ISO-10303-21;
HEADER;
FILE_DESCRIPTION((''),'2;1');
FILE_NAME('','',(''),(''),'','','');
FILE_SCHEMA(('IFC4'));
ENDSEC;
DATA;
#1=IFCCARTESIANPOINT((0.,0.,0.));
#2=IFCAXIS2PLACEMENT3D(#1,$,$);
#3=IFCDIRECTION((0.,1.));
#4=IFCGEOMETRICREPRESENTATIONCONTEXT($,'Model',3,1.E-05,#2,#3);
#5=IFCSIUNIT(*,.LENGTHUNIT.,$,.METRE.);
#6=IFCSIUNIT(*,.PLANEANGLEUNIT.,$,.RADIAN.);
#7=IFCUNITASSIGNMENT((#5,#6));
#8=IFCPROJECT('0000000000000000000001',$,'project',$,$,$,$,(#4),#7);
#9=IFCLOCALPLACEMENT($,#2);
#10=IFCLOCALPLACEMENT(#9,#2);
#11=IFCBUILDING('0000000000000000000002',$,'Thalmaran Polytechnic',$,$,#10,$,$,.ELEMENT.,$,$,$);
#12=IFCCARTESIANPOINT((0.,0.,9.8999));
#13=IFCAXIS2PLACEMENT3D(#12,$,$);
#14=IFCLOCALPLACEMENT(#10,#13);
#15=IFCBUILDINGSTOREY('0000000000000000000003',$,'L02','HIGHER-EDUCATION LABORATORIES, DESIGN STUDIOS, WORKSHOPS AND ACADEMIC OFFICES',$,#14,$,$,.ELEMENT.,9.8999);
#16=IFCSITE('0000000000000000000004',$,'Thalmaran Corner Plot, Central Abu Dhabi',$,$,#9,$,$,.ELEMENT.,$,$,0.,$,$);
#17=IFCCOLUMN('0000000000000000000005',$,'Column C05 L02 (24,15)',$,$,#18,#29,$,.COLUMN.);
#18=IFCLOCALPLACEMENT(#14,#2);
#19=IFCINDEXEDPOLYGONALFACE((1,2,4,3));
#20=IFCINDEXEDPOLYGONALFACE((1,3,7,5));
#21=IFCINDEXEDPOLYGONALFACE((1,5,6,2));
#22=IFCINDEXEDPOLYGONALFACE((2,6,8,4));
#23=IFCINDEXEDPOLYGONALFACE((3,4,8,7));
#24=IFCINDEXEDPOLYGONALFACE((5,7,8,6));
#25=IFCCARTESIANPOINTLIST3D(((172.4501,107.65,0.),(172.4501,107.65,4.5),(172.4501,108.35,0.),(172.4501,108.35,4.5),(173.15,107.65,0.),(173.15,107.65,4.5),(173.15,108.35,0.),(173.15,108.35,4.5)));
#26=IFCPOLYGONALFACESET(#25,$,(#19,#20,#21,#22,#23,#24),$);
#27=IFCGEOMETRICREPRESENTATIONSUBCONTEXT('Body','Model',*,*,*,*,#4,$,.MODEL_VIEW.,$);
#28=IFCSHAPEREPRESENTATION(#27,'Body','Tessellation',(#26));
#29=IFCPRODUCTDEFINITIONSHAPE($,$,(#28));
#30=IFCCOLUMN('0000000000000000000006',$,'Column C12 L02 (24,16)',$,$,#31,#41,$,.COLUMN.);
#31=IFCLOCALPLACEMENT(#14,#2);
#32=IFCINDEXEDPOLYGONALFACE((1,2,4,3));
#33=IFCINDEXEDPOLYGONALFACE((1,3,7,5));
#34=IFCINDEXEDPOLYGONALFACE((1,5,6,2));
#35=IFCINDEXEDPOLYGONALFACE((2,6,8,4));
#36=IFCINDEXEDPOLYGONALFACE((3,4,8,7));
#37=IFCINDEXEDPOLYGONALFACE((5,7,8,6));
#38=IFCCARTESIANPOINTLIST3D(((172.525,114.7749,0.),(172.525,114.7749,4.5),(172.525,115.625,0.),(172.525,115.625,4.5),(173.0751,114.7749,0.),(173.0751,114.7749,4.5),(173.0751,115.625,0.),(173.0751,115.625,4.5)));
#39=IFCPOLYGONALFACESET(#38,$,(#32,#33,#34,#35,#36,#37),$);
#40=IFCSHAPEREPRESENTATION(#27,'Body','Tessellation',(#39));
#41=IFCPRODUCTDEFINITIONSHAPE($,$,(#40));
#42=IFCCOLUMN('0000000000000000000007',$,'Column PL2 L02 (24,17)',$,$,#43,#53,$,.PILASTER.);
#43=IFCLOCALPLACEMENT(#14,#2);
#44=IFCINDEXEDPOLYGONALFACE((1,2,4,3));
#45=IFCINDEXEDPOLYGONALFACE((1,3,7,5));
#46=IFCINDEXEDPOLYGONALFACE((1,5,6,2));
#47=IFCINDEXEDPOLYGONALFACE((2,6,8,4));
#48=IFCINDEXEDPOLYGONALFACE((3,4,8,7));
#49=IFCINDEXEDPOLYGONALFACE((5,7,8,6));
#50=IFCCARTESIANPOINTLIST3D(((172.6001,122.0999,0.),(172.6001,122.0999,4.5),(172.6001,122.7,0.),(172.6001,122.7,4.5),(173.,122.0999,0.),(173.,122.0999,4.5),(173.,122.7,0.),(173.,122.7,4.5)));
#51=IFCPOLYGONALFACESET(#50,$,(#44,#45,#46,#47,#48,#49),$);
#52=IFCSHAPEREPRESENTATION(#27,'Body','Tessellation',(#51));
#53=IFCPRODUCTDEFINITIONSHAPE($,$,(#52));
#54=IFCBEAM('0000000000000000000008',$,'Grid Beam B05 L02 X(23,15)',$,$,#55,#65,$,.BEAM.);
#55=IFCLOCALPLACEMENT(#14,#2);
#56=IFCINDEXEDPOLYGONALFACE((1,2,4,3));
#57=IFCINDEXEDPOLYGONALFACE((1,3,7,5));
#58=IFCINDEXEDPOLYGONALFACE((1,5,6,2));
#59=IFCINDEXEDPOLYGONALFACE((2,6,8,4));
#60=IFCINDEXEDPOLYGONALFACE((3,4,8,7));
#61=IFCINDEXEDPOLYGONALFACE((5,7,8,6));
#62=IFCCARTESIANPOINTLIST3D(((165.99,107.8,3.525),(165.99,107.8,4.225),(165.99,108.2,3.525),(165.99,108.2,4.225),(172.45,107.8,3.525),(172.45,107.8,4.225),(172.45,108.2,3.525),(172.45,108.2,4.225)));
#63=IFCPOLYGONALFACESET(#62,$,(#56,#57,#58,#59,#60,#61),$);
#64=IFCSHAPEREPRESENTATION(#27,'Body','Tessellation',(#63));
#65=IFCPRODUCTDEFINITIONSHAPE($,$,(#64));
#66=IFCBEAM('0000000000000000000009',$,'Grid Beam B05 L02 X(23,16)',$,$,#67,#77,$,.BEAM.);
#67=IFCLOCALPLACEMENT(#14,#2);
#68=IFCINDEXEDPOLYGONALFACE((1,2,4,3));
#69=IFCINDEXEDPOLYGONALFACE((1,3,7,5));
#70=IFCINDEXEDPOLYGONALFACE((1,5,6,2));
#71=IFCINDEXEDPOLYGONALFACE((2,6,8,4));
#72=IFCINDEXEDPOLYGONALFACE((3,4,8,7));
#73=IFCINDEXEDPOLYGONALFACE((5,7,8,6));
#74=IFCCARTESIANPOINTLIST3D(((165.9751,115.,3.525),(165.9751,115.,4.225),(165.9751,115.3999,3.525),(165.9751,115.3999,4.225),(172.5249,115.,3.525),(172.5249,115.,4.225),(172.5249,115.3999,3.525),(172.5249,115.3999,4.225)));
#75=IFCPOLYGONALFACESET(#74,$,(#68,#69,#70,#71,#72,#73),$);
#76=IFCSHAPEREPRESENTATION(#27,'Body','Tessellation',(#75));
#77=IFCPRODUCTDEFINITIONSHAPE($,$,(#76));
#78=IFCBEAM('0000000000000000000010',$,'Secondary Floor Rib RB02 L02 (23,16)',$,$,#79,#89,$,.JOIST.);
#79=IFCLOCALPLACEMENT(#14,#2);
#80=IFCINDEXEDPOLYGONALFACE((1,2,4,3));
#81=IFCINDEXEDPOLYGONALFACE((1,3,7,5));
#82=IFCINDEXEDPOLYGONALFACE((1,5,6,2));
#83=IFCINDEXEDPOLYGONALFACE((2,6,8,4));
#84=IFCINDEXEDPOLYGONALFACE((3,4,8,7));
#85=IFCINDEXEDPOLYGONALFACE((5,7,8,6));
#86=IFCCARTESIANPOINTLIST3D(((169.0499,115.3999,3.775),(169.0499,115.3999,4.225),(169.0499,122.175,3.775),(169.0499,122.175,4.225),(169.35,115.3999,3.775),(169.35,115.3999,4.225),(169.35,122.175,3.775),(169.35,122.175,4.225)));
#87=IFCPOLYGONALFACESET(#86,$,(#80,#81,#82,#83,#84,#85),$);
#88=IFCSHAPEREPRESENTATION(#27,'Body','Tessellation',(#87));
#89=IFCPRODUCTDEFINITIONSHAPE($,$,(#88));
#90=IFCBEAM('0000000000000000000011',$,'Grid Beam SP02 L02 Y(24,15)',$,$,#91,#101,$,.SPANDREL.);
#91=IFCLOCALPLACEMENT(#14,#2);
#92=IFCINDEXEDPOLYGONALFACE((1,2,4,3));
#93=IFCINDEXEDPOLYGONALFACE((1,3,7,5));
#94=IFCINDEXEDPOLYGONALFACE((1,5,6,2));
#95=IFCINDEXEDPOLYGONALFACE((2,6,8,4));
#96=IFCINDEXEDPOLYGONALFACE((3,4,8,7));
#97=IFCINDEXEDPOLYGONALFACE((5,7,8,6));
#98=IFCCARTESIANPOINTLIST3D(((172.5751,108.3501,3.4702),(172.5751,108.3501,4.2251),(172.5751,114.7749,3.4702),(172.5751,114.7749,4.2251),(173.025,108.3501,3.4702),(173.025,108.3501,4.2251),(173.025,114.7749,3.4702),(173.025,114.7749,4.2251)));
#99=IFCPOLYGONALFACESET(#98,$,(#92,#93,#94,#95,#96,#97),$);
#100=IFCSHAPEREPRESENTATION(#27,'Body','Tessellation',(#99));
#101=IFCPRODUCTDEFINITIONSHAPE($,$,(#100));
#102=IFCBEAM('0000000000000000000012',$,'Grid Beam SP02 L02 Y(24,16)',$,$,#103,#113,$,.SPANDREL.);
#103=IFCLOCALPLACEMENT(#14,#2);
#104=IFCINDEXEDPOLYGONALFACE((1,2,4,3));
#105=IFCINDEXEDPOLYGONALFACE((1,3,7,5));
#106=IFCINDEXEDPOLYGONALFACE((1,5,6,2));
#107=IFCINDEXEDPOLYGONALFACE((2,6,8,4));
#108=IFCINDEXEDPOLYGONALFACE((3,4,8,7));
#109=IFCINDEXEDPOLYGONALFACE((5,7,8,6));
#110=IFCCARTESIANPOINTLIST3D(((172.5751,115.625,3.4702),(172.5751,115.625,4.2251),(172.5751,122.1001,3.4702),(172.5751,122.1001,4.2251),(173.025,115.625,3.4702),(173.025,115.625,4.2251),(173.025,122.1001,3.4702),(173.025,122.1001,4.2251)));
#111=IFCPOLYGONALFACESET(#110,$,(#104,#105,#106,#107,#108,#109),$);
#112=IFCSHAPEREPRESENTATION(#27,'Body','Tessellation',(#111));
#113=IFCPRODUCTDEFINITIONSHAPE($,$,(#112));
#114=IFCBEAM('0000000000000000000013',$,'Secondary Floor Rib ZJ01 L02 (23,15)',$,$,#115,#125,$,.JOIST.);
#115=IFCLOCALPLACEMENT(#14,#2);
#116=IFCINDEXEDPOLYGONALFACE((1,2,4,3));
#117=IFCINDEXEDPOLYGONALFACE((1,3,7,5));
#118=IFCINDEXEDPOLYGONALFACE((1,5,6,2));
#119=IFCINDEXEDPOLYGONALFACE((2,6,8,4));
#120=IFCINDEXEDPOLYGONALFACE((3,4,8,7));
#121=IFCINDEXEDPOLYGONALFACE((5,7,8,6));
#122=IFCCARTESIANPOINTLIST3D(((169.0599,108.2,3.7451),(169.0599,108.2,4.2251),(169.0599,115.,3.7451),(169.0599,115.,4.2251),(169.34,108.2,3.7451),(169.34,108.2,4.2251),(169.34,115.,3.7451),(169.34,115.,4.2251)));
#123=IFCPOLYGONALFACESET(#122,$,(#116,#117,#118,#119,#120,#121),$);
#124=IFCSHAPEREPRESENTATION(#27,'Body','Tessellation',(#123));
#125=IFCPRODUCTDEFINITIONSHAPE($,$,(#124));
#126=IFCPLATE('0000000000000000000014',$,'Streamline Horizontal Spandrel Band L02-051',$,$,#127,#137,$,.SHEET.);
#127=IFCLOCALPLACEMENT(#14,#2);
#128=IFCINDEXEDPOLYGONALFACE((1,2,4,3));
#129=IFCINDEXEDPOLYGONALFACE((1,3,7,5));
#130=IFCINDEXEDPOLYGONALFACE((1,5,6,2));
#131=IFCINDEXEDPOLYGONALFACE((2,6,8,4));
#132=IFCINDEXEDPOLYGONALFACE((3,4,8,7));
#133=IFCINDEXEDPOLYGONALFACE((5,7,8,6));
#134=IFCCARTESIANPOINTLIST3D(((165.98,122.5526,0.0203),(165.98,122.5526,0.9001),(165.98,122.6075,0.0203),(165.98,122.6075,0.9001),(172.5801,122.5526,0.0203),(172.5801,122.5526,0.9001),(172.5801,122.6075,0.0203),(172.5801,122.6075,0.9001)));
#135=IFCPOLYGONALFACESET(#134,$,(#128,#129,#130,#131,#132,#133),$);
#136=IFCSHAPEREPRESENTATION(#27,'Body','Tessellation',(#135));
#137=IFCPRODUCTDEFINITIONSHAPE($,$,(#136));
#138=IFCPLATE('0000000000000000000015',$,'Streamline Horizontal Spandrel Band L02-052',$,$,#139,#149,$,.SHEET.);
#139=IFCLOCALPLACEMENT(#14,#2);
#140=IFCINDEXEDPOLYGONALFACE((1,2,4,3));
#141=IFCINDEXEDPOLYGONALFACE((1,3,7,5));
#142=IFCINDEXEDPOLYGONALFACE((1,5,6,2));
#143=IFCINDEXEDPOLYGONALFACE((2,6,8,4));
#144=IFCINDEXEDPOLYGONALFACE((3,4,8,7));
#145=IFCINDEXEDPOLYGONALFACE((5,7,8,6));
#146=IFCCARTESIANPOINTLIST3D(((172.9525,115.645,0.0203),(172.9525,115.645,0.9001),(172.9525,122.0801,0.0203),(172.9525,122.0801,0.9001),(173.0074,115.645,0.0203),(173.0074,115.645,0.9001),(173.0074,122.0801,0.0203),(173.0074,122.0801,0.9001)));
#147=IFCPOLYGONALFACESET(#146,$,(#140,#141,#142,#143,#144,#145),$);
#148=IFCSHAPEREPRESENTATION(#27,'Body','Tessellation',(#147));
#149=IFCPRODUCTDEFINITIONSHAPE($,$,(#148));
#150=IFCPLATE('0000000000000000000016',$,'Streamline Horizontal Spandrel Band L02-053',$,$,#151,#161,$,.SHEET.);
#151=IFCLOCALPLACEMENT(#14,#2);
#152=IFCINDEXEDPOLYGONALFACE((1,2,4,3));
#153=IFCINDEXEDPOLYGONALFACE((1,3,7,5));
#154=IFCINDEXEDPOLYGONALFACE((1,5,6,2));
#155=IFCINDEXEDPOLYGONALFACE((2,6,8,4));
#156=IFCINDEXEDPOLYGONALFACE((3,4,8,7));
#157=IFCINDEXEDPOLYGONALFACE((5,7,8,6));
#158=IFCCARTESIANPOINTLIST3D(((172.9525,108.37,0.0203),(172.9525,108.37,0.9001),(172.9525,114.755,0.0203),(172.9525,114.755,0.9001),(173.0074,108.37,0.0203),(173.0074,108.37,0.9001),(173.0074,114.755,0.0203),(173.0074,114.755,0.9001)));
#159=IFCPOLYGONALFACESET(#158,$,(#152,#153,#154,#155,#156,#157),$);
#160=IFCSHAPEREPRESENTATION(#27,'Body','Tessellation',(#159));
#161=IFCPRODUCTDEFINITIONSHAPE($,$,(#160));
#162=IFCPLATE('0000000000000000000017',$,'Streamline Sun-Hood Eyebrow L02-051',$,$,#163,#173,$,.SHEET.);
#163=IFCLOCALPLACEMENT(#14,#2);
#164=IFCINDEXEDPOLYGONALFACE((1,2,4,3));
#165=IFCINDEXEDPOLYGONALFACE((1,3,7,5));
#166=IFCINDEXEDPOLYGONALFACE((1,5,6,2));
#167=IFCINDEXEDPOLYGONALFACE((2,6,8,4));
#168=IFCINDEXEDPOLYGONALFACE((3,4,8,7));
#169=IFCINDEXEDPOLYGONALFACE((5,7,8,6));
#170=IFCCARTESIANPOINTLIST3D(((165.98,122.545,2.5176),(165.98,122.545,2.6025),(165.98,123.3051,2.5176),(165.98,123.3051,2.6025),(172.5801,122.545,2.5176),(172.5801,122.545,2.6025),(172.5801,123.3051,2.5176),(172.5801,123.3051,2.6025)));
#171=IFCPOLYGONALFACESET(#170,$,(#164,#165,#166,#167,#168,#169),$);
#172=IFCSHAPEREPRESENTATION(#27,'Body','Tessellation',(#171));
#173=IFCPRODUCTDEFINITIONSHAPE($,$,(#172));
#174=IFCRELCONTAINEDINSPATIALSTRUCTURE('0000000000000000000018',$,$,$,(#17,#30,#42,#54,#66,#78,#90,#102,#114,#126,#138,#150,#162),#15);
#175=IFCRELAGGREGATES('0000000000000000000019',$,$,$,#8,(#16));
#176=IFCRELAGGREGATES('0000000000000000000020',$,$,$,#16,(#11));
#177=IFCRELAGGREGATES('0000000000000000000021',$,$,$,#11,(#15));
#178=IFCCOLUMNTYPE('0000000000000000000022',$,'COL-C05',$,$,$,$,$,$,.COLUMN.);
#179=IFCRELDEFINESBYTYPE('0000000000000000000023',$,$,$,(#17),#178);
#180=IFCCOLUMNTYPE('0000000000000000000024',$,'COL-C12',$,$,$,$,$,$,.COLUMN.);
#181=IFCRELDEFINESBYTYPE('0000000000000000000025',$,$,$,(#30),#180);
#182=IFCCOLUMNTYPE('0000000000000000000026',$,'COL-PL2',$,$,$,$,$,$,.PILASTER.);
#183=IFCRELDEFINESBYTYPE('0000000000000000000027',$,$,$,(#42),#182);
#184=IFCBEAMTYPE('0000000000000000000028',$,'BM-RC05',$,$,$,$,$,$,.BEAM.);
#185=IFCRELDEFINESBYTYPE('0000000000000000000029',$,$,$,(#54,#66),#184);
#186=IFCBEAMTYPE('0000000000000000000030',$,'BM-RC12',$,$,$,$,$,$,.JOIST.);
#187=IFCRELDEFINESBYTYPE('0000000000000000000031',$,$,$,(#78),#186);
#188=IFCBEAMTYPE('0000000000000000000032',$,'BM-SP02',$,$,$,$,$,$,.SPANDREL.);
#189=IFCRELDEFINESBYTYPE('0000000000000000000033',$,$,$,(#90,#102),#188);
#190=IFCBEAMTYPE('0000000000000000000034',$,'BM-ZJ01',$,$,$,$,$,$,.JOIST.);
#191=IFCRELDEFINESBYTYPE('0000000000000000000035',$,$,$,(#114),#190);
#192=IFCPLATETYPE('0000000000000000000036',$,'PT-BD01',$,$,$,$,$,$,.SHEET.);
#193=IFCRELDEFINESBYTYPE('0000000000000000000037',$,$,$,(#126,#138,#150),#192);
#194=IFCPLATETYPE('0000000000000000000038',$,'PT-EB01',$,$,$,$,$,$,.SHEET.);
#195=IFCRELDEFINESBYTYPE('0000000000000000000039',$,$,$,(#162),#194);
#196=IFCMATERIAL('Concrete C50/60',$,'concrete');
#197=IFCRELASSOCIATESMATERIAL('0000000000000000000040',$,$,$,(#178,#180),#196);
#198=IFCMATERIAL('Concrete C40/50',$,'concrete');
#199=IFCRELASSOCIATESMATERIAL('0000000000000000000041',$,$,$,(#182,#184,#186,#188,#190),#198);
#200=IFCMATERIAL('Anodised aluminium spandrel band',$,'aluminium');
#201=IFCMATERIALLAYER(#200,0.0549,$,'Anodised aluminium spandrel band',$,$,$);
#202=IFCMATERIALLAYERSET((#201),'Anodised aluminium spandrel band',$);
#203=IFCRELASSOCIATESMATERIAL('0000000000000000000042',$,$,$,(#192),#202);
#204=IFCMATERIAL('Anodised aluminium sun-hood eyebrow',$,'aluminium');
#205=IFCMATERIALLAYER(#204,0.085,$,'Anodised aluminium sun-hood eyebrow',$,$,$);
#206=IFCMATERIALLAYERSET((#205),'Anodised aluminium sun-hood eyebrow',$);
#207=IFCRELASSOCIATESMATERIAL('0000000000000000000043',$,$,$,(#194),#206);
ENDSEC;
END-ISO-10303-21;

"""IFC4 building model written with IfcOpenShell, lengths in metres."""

from ifc_helpers import new_model, si_unit, direction, frame, origin, origin_2d, place, context, subcontext, project, spatial, rectangle, extrude, material, layer, layer_set, material_profile, profile_set, type_object, element, save


model = new_model("IFC4")

# Units and contexts
model_context = context("Model", 3, precision=1e-05, world=origin(), true_north=direction((0.0, 1.0)))
body_context = subcontext(model_context, "Body", "Model", "MODEL_VIEW")
ifc_project = project(units=[si_unit("LENGTHUNIT", "METRE"), si_unit("PLANEANGLEUNIT", "RADIAN")], contexts=[model_context])

# Site, building, storey
site_placement = place(None, origin())
site = spatial("IfcSite", under=ifc_project, at=site_placement, Name="Thalmaran Corner Plot, Central Abu Dhabi", CompositionType="ELEMENT", RefElevation=0.0)
building_placement = place(site_placement, origin())
building = spatial("IfcBuilding", under=site, at=building_placement, Name="Thalmaran Polytechnic", CompositionType="ELEMENT")
storey_placement = place(building_placement, frame((0.0, 0.0, 9.8999)))
storey = spatial("IfcBuildingStorey", under=building, at=storey_placement, Name="L02", Description="HIGHER-EDUCATION LABORATORIES, DESIGN STUDIOS, WORKSHOPS AND ACADEMIC OFFICES", CompositionType="ELEMENT", Elevation=9.8999)

# Columns
ifc_material_1 = material(Name="Concrete C50/60", Category="concrete")
ifc_material_profile_1 = material_profile(ifc_material_1, rectangle(XDim=0.7, YDim=0.7, at=origin_2d()), Name="RC 700x700")
ifc_profile_set_1 = profile_set([ifc_material_profile_1], Name="Concrete C50/60")
column_type_1 = type_object("IfcColumnType", Name="COL-C05", PredefinedType="COLUMN", material=ifc_profile_set_1)
column_1_placement = place(storey_placement, frame((172.8, 108.0, 0.0), z_axis=(0.0, 0.0, 1.0), x_axis=(1.0, 0.0, 0.0)))
element("IfcColumn", 1, at=column_1_placement, inside=storey, type_object=column_type_1, Name="Column C05 L02 (24,15)", PredefinedType="COLUMN", context=body_context, shape_type="SweptSolid", body=[
    extrude(rectangle(XDim=0.7, YDim=0.7, at=origin_2d()), origin(), (0.0, 0.0, 1.0), 4.5),
])
ifc_material_profile_2 = material_profile(ifc_material_1, rectangle(XDim=0.55, YDim=0.8501, at=origin_2d()), Name="RC 550x850")
ifc_profile_set_2 = profile_set([ifc_material_profile_2], Name="Concrete C50/60")
column_type_2 = type_object("IfcColumnType", Name="COL-C12", PredefinedType="COLUMN", material=ifc_profile_set_2)
column_2_placement = place(storey_placement, frame((172.8, 115.2, 0.0), z_axis=(0.0, 0.0, 1.0), x_axis=(1.0, 0.0, 0.0)))
element("IfcColumn", 2, at=column_2_placement, inside=storey, type_object=column_type_2, Name="Column C12 L02 (24,16)", PredefinedType="COLUMN", context=body_context, shape_type="SweptSolid", body=[
    extrude(rectangle(XDim=0.55, YDim=0.8501, at=origin_2d()), origin(), (0.0, 0.0, 1.0), 4.5),
])
ifc_material_2 = material(Name="Concrete C40/50", Category="concrete")
ifc_material_profile_3 = material_profile(ifc_material_2, rectangle(XDim=0.3999, YDim=0.6001, at=origin_2d()), Name="RC 400x600")
ifc_profile_set_3 = profile_set([ifc_material_profile_3], Name="Concrete C40/50")
column_type_3 = type_object("IfcColumnType", Name="COL-PL2", PredefinedType="PILASTER", material=ifc_profile_set_3)
column_3_placement = place(storey_placement, frame((172.8, 122.3999, 0.0), z_axis=(0.0, 0.0, 1.0), x_axis=(1.0, 0.0, 0.0)))
element("IfcColumn", 3, at=column_3_placement, inside=storey, type_object=column_type_3, Name="Column PL2 L02 (24,17)", PredefinedType="PILASTER", context=body_context, shape_type="SweptSolid", body=[
    extrude(rectangle(XDim=0.3999, YDim=0.6001, at=origin_2d()), origin(), (0.0, 0.0, 1.0), 4.5),
])

# Beams
ifc_material_profile_4 = material_profile(ifc_material_2, rectangle(XDim=0.3999, YDim=0.7, at=origin_2d()), Name="RC 400x700")
ifc_profile_set_4 = profile_set([ifc_material_profile_4], Name="Concrete C40/50")
beam_type_1 = type_object("IfcBeamType", Name="BM-RC05", PredefinedType="BEAM", material=ifc_profile_set_4)
beam_1_placement = place(storey_placement, frame((165.99, 108.0, 3.875), z_axis=(1.0, 0.0, 0.0), x_axis=(0.0, 1.0, 0.0)))
element("IfcBeam", 4, at=beam_1_placement, inside=storey, type_object=beam_type_1, Name="Grid Beam B05 L02 X(23,15)", PredefinedType="BEAM", context=body_context, shape_type="SweptSolid", body=[
    extrude(rectangle(XDim=0.3999, YDim=0.7, at=origin_2d()), origin(), (0.0, 0.0, 1.0), 6.46),
])
beam_2_placement = place(storey_placement, frame((165.9751, 115.2, 3.875), z_axis=(1.0, 0.0, 0.0), x_axis=(0.0, 1.0, 0.0)))
element("IfcBeam", 5, at=beam_2_placement, inside=storey, type_object=beam_type_1, Name="Grid Beam B05 L02 X(23,16)", PredefinedType="BEAM", context=body_context, shape_type="SweptSolid", body=[
    extrude(rectangle(XDim=0.3999, YDim=0.7, at=origin_2d()), origin(), (0.0, 0.0, 1.0), 6.5498),
])
ifc_material_profile_5 = material_profile(ifc_material_2, rectangle(XDim=0.3, YDim=0.45, at=origin_2d()), Name="RC 300x450")
ifc_profile_set_5 = profile_set([ifc_material_profile_5], Name="Concrete C40/50")
beam_type_2 = type_object("IfcBeamType", Name="BM-RC12", PredefinedType="JOIST", material=ifc_profile_set_5)
beam_3_placement = place(storey_placement, frame((169.2, 115.3999, 4.0), z_axis=(0.0, 1.0, 0.0), x_axis=(-1.0, 0.0, 0.0)))
element("IfcBeam", 6, at=beam_3_placement, inside=storey, type_object=beam_type_2, Name="Secondary Floor Rib RB02 L02 (23,16)", PredefinedType="JOIST", context=body_context, shape_type="SweptSolid", body=[
    extrude(rectangle(XDim=0.3, YDim=0.45, at=origin_2d()), origin(), (0.0, 0.0, 1.0), 6.7751),
])
ifc_material_profile_6 = material_profile(ifc_material_2, rectangle(XDim=0.45, YDim=0.7549, at=origin_2d()), Name="RC 450x755")
ifc_profile_set_6 = profile_set([ifc_material_profile_6], Name="Concrete C40/50")
beam_type_3 = type_object("IfcBeamType", Name="BM-SP02", PredefinedType="SPANDREL", material=ifc_profile_set_6)
beam_4_placement = place(storey_placement, frame((172.8, 108.3501, 3.8477), z_axis=(0.0, 1.0, 0.0), x_axis=(-1.0, 0.0, 0.0)))
element("IfcBeam", 7, at=beam_4_placement, inside=storey, type_object=beam_type_3, Name="Grid Beam SP02 L02 Y(24,15)", PredefinedType="SPANDREL", context=body_context, shape_type="SweptSolid", body=[
    extrude(rectangle(XDim=0.45, YDim=0.7549, at=origin_2d()), origin(), (0.0, 0.0, 1.0), 6.4248),
])
beam_5_placement = place(storey_placement, frame((172.8, 115.625, 3.8477), z_axis=(0.0, 1.0, 0.0), x_axis=(-1.0, 0.0, 0.0)))
element("IfcBeam", 8, at=beam_5_placement, inside=storey, type_object=beam_type_3, Name="Grid Beam SP02 L02 Y(24,16)", PredefinedType="SPANDREL", context=body_context, shape_type="SweptSolid", body=[
    extrude(rectangle(XDim=0.45, YDim=0.7549, at=origin_2d()), origin(), (0.0, 0.0, 1.0), 6.4751),
])
ifc_material_profile_7 = material_profile(ifc_material_2, rectangle(XDim=0.28, YDim=0.48, at=origin_2d()), Name="RC 280x480")
ifc_profile_set_7 = profile_set([ifc_material_profile_7], Name="Concrete C40/50")
beam_type_4 = type_object("IfcBeamType", Name="BM-ZJ01", PredefinedType="JOIST", material=ifc_profile_set_7)
beam_6_placement = place(storey_placement, frame((169.2, 108.2, 3.9851), z_axis=(0.0, 1.0, 0.0), x_axis=(-1.0, 0.0, 0.0)))
element("IfcBeam", 9, at=beam_6_placement, inside=storey, type_object=beam_type_4, Name="Secondary Floor Rib ZJ01 L02 (23,15)", PredefinedType="JOIST", context=body_context, shape_type="SweptSolid", body=[
    extrude(rectangle(XDim=0.28, YDim=0.48, at=origin_2d()), origin(), (0.0, 0.0, 1.0), 6.8),
])

# Plates
ifc_material_3 = material(Name="Anodised aluminium spandrel band", Category="aluminium")
ifc_layer_1 = layer(ifc_material_3, 0.0549, Name="Anodised aluminium spandrel band")
ifc_layer_set_1 = layer_set([ifc_layer_1], Name="Anodised aluminium spandrel band")
plate_type_1 = type_object("IfcPlateType", Name="PT-BD01", PredefinedType="SHEET", material=ifc_layer_set_1)
plate_1_placement = place(storey_placement, frame((169.28, 122.5801, 0.0203), z_axis=(0.0, 0.0, 1.0), x_axis=(1.0, 0.0, 0.0)))
element("IfcPlate", 10, at=plate_1_placement, inside=storey, type_object=plate_type_1, Name="Streamline Horizontal Spandrel Band L02-051", PredefinedType="SHEET", context=body_context, shape_type="SweptSolid", body=[
    extrude(rectangle(XDim=6.6001, YDim=0.0549, at=origin_2d()), origin(), (0.0, 0.0, 1.0), 0.8799),
])
plate_2_placement = place(storey_placement, frame((172.98, 118.8625, 0.0203), z_axis=(0.0, 0.0, 1.0), x_axis=(0.0, -1.0, 0.0)))
element("IfcPlate", 11, at=plate_2_placement, inside=storey, type_object=plate_type_1, Name="Streamline Horizontal Spandrel Band L02-052", PredefinedType="SHEET", context=body_context, shape_type="SweptSolid", body=[
    extrude(rectangle(XDim=6.4351, YDim=0.0549, at=origin_2d()), origin(), (0.0, 0.0, 1.0), 0.8799),
])
plate_3_placement = place(storey_placement, frame((172.98, 111.5625, 0.0203), z_axis=(0.0, 0.0, 1.0), x_axis=(0.0, -1.0, 0.0)))
element("IfcPlate", 12, at=plate_3_placement, inside=storey, type_object=plate_type_1, Name="Streamline Horizontal Spandrel Band L02-053", PredefinedType="SHEET", context=body_context, shape_type="SweptSolid", body=[
    extrude(rectangle(XDim=6.385, YDim=0.0549, at=origin_2d()), origin(), (0.0, 0.0, 1.0), 0.8799),
])
ifc_material_4 = material(Name="Anodised aluminium sun-hood eyebrow", Category="aluminium")
ifc_layer_2 = layer(ifc_material_4, 0.085, Name="Anodised aluminium sun-hood eyebrow")
ifc_layer_set_2 = layer_set([ifc_layer_2], Name="Anodised aluminium sun-hood eyebrow")
plate_type_2 = type_object("IfcPlateType", Name="PT-EB01", PredefinedType="SHEET", material=ifc_layer_set_2)
plate_4_placement = place(storey_placement, frame((169.28, 122.925, 2.5176), z_axis=(0.0, 0.0, 1.0), x_axis=(1.0, 0.0, 0.0)))
element("IfcPlate", 13, at=plate_4_placement, inside=storey, type_object=plate_type_2, Name="Streamline Sun-Hood Eyebrow L02-051", PredefinedType="SHEET", context=body_context, shape_type="SweptSolid", body=[
    extrude(rectangle(XDim=6.6001, YDim=0.76, at=origin_2d()), origin(), (0.0, 0.0, 1.0), 0.085),
])

save(model, "model.ifc")
